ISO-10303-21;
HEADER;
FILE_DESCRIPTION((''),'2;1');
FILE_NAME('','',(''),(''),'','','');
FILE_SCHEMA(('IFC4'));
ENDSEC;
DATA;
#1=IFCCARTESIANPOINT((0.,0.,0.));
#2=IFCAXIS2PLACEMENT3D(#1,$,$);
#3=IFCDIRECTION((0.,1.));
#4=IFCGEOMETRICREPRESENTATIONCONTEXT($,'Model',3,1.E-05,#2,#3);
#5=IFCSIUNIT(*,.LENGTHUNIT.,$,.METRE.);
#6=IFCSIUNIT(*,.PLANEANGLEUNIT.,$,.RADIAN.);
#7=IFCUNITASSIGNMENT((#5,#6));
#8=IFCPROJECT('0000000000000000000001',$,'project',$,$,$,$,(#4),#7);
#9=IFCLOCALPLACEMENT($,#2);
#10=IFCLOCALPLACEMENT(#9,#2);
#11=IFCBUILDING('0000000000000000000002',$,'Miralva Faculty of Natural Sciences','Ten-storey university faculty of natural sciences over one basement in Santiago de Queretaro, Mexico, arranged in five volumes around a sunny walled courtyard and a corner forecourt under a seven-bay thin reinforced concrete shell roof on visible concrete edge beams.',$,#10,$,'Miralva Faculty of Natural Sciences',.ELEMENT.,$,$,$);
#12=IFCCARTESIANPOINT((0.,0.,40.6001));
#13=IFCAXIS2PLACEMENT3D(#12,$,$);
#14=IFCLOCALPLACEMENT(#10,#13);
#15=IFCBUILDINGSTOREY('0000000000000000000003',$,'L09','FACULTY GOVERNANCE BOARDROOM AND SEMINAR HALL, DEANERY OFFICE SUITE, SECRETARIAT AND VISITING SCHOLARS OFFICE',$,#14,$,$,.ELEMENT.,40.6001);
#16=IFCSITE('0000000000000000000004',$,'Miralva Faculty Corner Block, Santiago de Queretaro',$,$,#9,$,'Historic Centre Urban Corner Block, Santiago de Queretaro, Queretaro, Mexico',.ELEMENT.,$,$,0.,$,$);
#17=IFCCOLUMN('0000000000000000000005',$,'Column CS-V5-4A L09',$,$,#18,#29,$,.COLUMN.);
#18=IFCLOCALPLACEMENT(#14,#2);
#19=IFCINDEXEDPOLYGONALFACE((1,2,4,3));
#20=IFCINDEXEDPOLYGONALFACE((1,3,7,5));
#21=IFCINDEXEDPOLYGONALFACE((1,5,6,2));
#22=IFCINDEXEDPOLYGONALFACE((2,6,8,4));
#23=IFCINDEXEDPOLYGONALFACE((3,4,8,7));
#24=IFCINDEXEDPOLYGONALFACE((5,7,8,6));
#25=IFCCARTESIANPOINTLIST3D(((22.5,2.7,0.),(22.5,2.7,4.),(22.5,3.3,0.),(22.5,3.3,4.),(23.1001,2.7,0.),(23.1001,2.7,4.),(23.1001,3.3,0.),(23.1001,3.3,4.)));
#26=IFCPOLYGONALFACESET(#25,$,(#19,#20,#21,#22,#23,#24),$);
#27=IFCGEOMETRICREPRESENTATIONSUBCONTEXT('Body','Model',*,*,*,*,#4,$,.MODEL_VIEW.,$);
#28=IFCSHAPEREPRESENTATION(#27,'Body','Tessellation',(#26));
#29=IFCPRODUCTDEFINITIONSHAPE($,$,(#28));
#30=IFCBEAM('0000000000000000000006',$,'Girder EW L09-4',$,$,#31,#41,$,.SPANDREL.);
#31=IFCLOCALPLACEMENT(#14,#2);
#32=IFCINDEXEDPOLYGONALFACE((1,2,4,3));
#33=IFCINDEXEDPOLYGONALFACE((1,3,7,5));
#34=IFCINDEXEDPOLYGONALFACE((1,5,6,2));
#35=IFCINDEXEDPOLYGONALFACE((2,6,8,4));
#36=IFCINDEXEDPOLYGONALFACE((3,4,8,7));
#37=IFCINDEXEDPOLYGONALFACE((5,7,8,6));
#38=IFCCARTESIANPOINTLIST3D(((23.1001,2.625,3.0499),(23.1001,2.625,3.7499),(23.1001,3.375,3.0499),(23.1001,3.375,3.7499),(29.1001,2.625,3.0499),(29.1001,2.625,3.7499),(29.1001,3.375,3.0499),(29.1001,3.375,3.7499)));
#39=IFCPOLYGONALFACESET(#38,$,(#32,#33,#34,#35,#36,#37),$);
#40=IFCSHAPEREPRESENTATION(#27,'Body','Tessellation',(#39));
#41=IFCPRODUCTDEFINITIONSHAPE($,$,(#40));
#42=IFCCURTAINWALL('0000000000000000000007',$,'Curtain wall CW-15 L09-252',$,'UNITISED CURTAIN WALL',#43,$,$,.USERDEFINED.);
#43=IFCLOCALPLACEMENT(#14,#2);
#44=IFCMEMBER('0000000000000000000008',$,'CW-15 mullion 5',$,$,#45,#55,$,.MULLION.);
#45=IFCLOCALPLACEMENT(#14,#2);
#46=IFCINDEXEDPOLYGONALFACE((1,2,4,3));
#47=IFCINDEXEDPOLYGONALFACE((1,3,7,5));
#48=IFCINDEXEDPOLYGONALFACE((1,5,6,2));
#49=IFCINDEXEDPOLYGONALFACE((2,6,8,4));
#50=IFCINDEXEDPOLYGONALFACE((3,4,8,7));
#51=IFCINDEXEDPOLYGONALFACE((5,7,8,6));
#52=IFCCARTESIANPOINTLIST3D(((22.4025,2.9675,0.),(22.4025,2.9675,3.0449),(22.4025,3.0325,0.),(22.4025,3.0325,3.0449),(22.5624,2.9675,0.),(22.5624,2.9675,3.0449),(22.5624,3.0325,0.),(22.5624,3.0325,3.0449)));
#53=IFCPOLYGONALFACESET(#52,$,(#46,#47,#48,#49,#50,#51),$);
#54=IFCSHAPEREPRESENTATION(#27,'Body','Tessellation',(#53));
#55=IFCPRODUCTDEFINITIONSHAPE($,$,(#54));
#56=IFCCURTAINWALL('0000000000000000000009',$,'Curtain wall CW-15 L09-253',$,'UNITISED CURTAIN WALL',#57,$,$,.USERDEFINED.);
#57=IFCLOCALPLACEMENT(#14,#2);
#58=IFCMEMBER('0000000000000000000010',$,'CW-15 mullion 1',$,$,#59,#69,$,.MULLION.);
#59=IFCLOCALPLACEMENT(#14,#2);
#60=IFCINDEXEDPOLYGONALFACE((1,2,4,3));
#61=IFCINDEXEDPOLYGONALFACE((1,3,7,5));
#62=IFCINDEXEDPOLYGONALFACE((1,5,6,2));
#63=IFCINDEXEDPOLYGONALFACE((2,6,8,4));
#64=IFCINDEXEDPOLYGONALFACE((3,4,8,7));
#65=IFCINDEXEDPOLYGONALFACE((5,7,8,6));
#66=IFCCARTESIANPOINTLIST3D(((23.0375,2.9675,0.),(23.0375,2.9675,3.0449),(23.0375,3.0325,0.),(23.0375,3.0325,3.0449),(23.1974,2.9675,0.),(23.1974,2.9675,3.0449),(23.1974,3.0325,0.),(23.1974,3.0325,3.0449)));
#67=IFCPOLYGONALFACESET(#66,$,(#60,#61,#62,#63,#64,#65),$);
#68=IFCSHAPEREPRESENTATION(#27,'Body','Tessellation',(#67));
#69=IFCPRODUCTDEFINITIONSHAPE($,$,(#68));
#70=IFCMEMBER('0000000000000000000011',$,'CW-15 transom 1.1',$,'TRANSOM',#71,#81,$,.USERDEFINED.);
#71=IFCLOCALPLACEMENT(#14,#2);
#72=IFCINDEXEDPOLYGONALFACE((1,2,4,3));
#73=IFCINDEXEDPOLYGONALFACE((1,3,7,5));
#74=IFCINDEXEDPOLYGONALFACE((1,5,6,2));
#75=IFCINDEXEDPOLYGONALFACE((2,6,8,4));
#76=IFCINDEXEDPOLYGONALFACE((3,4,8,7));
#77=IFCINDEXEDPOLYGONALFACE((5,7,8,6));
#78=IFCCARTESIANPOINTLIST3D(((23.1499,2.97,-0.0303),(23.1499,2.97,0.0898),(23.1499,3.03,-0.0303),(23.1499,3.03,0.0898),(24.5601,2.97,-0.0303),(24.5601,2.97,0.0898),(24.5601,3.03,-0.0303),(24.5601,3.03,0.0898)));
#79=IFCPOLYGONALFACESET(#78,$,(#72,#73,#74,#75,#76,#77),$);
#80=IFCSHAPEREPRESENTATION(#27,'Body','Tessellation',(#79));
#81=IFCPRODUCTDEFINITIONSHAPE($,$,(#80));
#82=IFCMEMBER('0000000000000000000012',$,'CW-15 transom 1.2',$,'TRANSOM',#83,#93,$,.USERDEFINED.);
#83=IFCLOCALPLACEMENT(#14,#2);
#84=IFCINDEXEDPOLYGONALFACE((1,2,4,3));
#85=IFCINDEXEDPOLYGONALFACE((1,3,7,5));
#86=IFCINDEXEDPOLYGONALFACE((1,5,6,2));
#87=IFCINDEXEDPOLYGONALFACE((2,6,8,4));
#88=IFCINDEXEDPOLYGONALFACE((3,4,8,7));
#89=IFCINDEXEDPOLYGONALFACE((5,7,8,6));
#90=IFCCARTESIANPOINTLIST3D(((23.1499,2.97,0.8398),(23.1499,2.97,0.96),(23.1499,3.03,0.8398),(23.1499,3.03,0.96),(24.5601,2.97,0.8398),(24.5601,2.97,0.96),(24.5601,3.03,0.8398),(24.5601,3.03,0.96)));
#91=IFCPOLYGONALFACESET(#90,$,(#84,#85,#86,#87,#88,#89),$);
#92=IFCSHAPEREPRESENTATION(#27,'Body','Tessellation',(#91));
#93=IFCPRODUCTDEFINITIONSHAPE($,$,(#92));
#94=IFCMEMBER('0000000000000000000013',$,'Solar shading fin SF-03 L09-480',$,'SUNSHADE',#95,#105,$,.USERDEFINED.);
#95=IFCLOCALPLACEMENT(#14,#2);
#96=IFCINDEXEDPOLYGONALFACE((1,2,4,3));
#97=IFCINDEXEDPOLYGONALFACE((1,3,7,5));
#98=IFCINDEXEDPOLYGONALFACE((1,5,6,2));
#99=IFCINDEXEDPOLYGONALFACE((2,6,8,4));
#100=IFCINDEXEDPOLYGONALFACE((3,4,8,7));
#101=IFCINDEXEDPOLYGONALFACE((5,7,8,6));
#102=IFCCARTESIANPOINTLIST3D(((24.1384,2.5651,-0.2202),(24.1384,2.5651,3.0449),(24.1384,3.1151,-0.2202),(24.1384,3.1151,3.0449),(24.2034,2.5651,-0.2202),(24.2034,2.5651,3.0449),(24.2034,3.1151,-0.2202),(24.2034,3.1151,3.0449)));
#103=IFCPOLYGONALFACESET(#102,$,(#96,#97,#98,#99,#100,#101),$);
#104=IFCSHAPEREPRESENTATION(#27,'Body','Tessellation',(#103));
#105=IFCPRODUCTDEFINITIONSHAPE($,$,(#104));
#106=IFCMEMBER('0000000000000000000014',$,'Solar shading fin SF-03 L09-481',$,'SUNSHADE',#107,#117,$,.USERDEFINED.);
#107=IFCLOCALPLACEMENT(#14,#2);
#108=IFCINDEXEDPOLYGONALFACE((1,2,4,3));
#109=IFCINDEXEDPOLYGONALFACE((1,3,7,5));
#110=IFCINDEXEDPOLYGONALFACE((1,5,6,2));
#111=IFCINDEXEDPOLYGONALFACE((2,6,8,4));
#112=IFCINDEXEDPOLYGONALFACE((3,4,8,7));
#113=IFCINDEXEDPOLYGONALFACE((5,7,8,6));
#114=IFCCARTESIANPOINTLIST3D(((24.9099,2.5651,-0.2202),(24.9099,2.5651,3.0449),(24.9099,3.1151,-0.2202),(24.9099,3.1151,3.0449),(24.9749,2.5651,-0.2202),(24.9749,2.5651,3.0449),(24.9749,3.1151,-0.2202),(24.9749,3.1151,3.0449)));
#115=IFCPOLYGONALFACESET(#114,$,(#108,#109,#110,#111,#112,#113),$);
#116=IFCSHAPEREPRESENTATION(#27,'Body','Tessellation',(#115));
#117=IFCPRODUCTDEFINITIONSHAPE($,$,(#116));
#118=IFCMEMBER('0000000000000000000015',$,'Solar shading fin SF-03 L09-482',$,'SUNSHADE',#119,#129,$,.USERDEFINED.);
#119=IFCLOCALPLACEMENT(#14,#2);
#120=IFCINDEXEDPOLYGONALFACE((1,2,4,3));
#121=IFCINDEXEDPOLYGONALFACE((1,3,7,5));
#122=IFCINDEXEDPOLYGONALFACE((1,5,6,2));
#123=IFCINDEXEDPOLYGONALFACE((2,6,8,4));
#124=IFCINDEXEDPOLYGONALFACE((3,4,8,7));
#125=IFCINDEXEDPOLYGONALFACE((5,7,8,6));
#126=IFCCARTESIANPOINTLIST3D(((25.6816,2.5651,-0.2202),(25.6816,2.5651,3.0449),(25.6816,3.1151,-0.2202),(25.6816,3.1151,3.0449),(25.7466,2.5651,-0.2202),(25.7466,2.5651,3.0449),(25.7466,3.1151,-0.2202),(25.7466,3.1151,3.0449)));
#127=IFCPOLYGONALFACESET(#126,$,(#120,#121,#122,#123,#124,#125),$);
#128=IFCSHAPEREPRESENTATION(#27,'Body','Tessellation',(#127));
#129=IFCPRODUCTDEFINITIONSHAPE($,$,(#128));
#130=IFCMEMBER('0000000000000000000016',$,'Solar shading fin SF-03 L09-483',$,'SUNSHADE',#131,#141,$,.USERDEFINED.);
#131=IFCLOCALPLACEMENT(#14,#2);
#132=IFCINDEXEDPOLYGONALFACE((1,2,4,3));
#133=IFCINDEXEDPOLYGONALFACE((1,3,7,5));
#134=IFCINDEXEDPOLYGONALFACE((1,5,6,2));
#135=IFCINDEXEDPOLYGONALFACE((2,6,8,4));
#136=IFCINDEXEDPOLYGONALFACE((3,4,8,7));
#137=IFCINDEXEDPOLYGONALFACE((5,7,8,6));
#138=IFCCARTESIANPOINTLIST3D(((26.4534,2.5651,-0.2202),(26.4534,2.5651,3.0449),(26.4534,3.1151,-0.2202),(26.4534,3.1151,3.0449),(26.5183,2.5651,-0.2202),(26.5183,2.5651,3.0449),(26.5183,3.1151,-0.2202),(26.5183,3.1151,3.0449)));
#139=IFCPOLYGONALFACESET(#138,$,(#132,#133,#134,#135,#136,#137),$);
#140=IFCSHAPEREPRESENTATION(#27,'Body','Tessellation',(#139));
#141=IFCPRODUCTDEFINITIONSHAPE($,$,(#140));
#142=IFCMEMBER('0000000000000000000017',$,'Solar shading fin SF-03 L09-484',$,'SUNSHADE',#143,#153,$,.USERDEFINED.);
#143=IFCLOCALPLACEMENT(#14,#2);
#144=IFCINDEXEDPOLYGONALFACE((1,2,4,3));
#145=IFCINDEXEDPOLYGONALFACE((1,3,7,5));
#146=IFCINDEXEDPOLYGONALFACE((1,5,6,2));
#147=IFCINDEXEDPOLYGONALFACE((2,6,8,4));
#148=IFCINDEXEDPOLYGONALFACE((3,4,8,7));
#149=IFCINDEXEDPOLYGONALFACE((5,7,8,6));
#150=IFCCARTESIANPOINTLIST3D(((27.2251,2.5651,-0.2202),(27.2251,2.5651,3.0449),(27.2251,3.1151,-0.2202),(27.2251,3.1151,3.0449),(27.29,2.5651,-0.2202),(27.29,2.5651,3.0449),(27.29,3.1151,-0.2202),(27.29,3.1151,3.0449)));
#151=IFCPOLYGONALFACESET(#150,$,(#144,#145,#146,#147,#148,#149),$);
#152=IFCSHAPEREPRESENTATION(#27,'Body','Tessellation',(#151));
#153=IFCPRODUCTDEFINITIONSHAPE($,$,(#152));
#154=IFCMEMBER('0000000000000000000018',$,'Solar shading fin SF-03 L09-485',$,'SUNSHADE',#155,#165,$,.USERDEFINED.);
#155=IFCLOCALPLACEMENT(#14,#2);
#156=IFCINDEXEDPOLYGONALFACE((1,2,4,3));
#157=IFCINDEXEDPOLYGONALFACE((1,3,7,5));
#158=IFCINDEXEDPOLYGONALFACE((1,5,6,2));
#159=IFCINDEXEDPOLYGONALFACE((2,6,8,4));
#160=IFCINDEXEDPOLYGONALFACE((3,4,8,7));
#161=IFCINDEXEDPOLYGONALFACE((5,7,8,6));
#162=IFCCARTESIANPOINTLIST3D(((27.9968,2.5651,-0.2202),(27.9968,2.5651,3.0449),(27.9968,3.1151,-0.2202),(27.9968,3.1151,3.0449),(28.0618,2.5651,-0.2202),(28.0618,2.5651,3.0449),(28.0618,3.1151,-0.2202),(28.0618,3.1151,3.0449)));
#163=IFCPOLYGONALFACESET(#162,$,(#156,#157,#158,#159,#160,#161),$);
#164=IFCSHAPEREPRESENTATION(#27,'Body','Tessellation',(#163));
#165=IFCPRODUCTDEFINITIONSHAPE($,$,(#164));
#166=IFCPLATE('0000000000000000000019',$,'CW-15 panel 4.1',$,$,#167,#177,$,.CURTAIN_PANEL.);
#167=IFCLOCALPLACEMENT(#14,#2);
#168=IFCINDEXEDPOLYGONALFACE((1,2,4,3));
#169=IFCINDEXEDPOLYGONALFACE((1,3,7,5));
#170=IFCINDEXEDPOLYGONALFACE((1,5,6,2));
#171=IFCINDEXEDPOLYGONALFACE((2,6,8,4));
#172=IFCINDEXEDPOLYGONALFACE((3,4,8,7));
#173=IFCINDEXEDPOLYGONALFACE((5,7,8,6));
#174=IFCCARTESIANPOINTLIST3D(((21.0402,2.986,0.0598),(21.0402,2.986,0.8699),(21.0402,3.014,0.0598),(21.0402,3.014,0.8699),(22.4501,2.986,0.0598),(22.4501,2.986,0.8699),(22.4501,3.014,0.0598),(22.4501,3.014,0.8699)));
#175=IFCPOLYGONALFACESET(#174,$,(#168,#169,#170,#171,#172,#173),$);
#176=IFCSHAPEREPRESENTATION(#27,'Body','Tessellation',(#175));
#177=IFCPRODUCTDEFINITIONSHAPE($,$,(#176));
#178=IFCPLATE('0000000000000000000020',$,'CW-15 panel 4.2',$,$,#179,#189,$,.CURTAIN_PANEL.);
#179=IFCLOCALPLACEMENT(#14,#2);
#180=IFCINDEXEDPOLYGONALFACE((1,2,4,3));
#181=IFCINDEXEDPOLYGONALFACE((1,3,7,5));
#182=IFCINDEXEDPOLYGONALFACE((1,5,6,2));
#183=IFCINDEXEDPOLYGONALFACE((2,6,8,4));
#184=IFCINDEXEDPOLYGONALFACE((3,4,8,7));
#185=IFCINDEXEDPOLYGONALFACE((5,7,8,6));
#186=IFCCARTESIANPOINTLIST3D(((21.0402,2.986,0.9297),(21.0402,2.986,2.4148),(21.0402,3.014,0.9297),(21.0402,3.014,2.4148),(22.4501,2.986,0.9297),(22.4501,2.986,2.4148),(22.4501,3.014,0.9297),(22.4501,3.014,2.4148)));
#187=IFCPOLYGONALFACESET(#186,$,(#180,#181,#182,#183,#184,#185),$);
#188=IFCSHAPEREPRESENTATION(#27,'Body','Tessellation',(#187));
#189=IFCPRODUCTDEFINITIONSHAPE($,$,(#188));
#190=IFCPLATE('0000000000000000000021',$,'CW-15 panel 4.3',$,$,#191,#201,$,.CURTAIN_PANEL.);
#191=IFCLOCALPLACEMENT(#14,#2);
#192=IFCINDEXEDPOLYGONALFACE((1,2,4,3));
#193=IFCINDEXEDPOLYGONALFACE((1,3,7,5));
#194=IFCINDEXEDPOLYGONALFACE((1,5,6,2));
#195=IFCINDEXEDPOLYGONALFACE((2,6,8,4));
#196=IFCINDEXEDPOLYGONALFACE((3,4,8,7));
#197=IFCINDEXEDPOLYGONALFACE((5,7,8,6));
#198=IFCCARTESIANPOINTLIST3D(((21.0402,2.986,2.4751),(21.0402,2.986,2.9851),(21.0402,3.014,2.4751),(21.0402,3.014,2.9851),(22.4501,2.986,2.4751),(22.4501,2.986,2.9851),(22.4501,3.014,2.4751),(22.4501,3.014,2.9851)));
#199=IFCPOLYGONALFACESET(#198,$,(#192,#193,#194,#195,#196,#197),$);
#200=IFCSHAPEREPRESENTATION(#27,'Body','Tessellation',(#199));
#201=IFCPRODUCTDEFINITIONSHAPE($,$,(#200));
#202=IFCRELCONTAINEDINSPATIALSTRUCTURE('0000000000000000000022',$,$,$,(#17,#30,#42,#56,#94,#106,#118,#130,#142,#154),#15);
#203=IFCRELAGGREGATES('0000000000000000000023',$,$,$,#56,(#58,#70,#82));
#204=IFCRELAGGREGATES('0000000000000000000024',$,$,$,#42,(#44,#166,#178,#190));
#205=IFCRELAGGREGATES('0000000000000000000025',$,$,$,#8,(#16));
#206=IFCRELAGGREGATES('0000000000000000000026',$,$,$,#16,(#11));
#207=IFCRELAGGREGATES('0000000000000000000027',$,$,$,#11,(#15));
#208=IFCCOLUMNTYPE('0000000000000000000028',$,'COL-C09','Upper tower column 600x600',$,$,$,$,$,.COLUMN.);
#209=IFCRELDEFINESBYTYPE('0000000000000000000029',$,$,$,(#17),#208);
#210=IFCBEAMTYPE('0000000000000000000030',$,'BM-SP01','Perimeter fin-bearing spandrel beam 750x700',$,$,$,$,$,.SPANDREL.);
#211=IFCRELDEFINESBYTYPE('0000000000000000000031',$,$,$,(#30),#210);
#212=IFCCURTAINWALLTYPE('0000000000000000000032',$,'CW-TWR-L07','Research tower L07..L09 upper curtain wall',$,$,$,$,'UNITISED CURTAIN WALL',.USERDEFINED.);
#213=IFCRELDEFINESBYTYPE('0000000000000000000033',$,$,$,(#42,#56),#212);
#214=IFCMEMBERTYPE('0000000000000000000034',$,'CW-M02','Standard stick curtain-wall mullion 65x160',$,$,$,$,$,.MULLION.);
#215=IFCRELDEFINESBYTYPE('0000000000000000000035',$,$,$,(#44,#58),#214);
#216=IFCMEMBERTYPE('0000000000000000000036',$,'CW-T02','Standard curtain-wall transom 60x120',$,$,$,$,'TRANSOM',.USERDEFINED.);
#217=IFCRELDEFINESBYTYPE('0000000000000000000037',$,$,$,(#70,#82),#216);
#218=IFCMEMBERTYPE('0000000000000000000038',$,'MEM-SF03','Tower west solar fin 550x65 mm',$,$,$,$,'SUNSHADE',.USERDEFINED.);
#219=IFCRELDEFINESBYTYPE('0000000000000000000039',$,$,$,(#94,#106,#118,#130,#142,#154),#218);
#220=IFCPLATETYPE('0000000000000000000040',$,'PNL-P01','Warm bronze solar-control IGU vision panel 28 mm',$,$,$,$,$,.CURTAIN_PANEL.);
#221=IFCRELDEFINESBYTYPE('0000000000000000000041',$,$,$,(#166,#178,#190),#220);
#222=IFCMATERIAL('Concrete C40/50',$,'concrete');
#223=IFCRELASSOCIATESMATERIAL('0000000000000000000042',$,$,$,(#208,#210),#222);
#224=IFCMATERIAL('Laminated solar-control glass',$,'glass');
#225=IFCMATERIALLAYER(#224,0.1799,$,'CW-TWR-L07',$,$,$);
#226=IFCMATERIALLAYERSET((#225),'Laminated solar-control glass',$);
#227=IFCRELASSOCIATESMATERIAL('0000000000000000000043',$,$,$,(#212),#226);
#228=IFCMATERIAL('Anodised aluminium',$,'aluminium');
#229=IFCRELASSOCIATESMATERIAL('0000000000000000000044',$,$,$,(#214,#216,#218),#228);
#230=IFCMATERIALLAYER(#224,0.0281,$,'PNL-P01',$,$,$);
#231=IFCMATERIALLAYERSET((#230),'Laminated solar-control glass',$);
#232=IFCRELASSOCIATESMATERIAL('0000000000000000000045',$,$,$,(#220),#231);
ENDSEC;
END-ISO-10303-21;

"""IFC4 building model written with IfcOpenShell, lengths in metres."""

from ifc_helpers import new_model, si_unit, direction, frame, origin, origin_2d, place, context, subcontext, project, spatial, rectangle, extrude, material, layer, layer_set, material_profile, profile_set, type_object, element, aggregate, save


model = new_model("IFC4")

# Units and contexts
model_context = context("Model", 3, precision=1e-05, world=origin(), true_north=direction((0.0, 1.0)))
body_context = subcontext(model_context, "Body", "Model", "MODEL_VIEW")
ifc_project = project(units=[si_unit("LENGTHUNIT", "METRE"), si_unit("PLANEANGLEUNIT", "RADIAN")], contexts=[model_context])

# Site, building, storey
site_placement = place(None, origin())
site = spatial("IfcSite", under=ifc_project, at=site_placement, Name="Miralva Faculty Corner Block, Santiago de Queretaro", LongName="Historic Centre Urban Corner Block, Santiago de Queretaro, Queretaro, Mexico", CompositionType="ELEMENT", RefElevation=0.0)
building_placement = place(site_placement, origin())
building = spatial("IfcBuilding", under=site, at=building_placement, Name="Miralva Faculty of Natural Sciences", Description="Ten-storey university faculty of natural sciences over one basement in Santiago de Queretaro, Mexico, arranged in five volumes around a sunny walled courtyard and a corner forecourt under a seven-bay thin reinforced concrete shell roof on visible concrete edge beams.", LongName="Miralva Faculty of Natural Sciences", CompositionType="ELEMENT")
storey_placement = place(building_placement, frame((0.0, 0.0, 40.6001)))
storey = spatial("IfcBuildingStorey", under=building, at=storey_placement, Name="L09", Description="FACULTY GOVERNANCE BOARDROOM AND SEMINAR HALL, DEANERY OFFICE SUITE, SECRETARIAT AND VISITING SCHOLARS OFFICE", CompositionType="ELEMENT", Elevation=40.6001)

# Column
ifc_material_1 = material(Name="Concrete C40/50", Category="concrete")
ifc_material_profile_1 = material_profile(ifc_material_1, rectangle(XDim=0.6001, YDim=0.6001, at=origin_2d()), Name="RC 600x600")
ifc_profile_set_1 = profile_set([ifc_material_profile_1], Name="Concrete C40/50")
column_type = type_object("IfcColumnType", Name="COL-C09", Description="Upper tower column 600x600", PredefinedType="COLUMN", material=ifc_profile_set_1)
column_placement = place(storey_placement, frame((22.8, 3.0, 0.0), z_axis=(0.0, 0.0, 1.0), x_axis=(1.0, 0.0, 0.0)))
element("IfcColumn", 1, at=column_placement, inside=storey, type_object=column_type, Name="Column CS-V5-4A L09", PredefinedType="COLUMN", context=body_context, shape_type="SweptSolid", body=[
    extrude(rectangle(XDim=0.6001, YDim=0.6001, at=origin_2d()), origin(), (0.0, 0.0, 1.0), 4.0),
])

# Beam
ifc_material_profile_2 = material_profile(ifc_material_1, rectangle(XDim=0.75, YDim=0.7, at=origin_2d()), Name="RC 750x700")
ifc_profile_set_2 = profile_set([ifc_material_profile_2], Name="Concrete C40/50")
beam_type = type_object("IfcBeamType", Name="BM-SP01", Description="Perimeter fin-bearing spandrel beam 750x700", PredefinedType="SPANDREL", material=ifc_profile_set_2)
beam_placement = place(storey_placement, frame((23.1001, 3.0, 3.3999), z_axis=(1.0, 0.0, 0.0), x_axis=(0.0, 1.0, 0.0)))
element("IfcBeam", 2, at=beam_placement, inside=storey, type_object=beam_type, Name="Girder EW L09-4", PredefinedType="SPANDREL", context=body_context, shape_type="SweptSolid", body=[
    extrude(rectangle(XDim=0.75, YDim=0.7, at=origin_2d()), origin(), (0.0, 0.0, 1.0), 6.0),
])

# Curtain wall, member
ifc_material_2 = material(Name="Laminated solar-control glass", Category="glass")
ifc_layer_1 = layer(ifc_material_2, 0.1799, Name="CW-TWR-L07")
ifc_layer_set_1 = layer_set([ifc_layer_1], Name="Laminated solar-control glass")
curtain_wall_type = type_object("IfcCurtainWallType", Name="CW-TWR-L07", Description="Research tower L07..L09 upper curtain wall", ElementType="UNITISED CURTAIN WALL", PredefinedType="USERDEFINED", material=ifc_layer_set_1)
curtain_wall_1_placement = place(storey_placement, origin())
curtain_wall_1 = element("IfcCurtainWall", 3, at=curtain_wall_1_placement, inside=storey, type_object=curtain_wall_type, Name="Curtain wall CW-15 L09-252", ObjectType="UNITISED CURTAIN WALL", PredefinedType="USERDEFINED")
ifc_material_3 = material(Name="Anodised aluminium", Category="aluminium")
ifc_material_profile_3 = material_profile(ifc_material_3, rectangle(XDim=0.0649, YDim=0.1599, at=origin_2d()), Name="MULLION 65x160")
ifc_profile_set_3 = profile_set([ifc_material_profile_3], Name="Anodised aluminium")
member_type_1 = type_object("IfcMemberType", Name="CW-M02", Description="Standard stick curtain-wall mullion 65x160", PredefinedType="MULLION", material=ifc_profile_set_3)
member_1_placement = place(storey_placement, frame((22.4824, 3.0, 0.0), z_axis=(0.0, 0.0, 1.0), x_axis=(0.0, 1.0, 0.0)))
member_1 = element("IfcMember", 4, at=member_1_placement, type_object=member_type_1, Name="CW-15 mullion 5", PredefinedType="MULLION", context=body_context, shape_type="SweptSolid", body=[
    extrude(rectangle(XDim=0.0649, YDim=0.1599, at=origin_2d()), origin(), (0.0, 0.0, 1.0), 3.0449),
])

# Curtain wall, members
curtain_wall_2_placement = place(storey_placement, origin())
curtain_wall_2 = element("IfcCurtainWall", 5, at=curtain_wall_2_placement, inside=storey, type_object=curtain_wall_type, Name="Curtain wall CW-15 L09-253", ObjectType="UNITISED CURTAIN WALL", PredefinedType="USERDEFINED")
member_2_placement = place(storey_placement, frame((23.1174, 3.0, 0.0), z_axis=(0.0, 0.0, 1.0), x_axis=(0.0, 1.0, 0.0)))
member_2 = element("IfcMember", 6, at=member_2_placement, type_object=member_type_1, Name="CW-15 mullion 1", PredefinedType="MULLION", context=body_context, shape_type="SweptSolid", body=[
    extrude(rectangle(XDim=0.0649, YDim=0.1599, at=origin_2d()), origin(), (0.0, 0.0, 1.0), 3.0449),
])
ifc_material_profile_4 = material_profile(ifc_material_3, rectangle(XDim=0.0601, YDim=0.1201, at=origin_2d()), Name="TRANSOM 60x120")
ifc_profile_set_4 = profile_set([ifc_material_profile_4], Name="Anodised aluminium")
member_type_2 = type_object("IfcMemberType", Name="CW-T02", Description="Standard curtain-wall transom 60x120", ElementType="TRANSOM", PredefinedType="USERDEFINED", material=ifc_profile_set_4)
member_3_placement = place(storey_placement, frame((23.1499, 3.0, 0.0298), z_axis=(1.0, 0.0, 0.0), x_axis=(0.0, 1.0, 0.0)))
member_3 = element("IfcMember", 7, at=member_3_placement, type_object=member_type_2, Name="CW-15 transom 1.1", ObjectType="TRANSOM", PredefinedType="USERDEFINED", context=body_context, shape_type="SweptSolid", body=[
    extrude(rectangle(XDim=0.0601, YDim=0.1201, at=origin_2d()), origin(), (0.0, 0.0, 1.0), 1.4102),
])
member_4_placement = place(storey_placement, frame((23.1499, 3.0, 0.8999), z_axis=(1.0, 0.0, 0.0), x_axis=(0.0, 1.0, 0.0)))
member_4 = element("IfcMember", 8, at=member_4_placement, type_object=member_type_2, Name="CW-15 transom 1.2", ObjectType="TRANSOM", PredefinedType="USERDEFINED", context=body_context, shape_type="SweptSolid", body=[
    extrude(rectangle(XDim=0.0601, YDim=0.1201, at=origin_2d()), origin(), (0.0, 0.0, 1.0), 1.4102),
])
aggregate(curtain_wall_2, [member_2, member_3, member_4])

# Members
ifc_material_profile_5 = material_profile(ifc_material_3, rectangle(XDim=0.0649, YDim=0.55, at=origin_2d()), Name="FIN 550x65")
ifc_profile_set_5 = profile_set([ifc_material_profile_5], Name="Anodised aluminium")
member_type_3 = type_object("IfcMemberType", Name="MEM-SF03", Description="Tower west solar fin 550x65 mm", ElementType="SUNSHADE", PredefinedType="USERDEFINED", material=ifc_profile_set_5)
for number, where, z_axis, x_axis, name in (
    (9, (24.1709, 2.8401, -0.2202), (0.0, 0.0, 1.0), (1.0, 0.0, 0.0), "Solar shading fin SF-03 L09-480"),
    (10, (24.9424, 2.8401, -0.2202), (0.0, 0.0, 1.0), (1.0, 0.0, 0.0), "Solar shading fin SF-03 L09-481"),
    (11, (25.7141, 2.8401, -0.2202), (0.0, 0.0, 1.0), (1.0, 0.0, 0.0), "Solar shading fin SF-03 L09-482"),
    (12, (26.4858, 2.8401, -0.2202), (0.0, 0.0, 1.0), (1.0, 0.0, 0.0), "Solar shading fin SF-03 L09-483"),
    (13, (27.2576, 2.8401, -0.2202), (0.0, 0.0, 1.0), (1.0, 0.0, 0.0), "Solar shading fin SF-03 L09-484"),
    (14, (28.0293, 2.8401, -0.2202), (0.0, 0.0, 1.0), (1.0, 0.0, 0.0), "Solar shading fin SF-03 L09-485"),
):
    element("IfcMember", number, at=place(storey_placement, frame(where, z_axis=z_axis, x_axis=x_axis)), inside=storey, type_object=member_type_3, Name=name, ObjectType="SUNSHADE", PredefinedType="USERDEFINED", context=body_context, shape_type="SweptSolid", body=[
        extrude(rectangle(XDim=0.0649, YDim=0.55, at=origin_2d()), origin(), (0.0, 0.0, 1.0), 3.2651),
    ])

# Plates
ifc_layer_2 = layer(ifc_material_2, 0.0281, Name="PNL-P01")
ifc_layer_set_2 = layer_set([ifc_layer_2], Name="Laminated solar-control glass")
plate_type = type_object("IfcPlateType", Name="PNL-P01", Description="Warm bronze solar-control IGU vision panel 28 mm", PredefinedType="CURTAIN_PANEL", material=ifc_layer_set_2)
plate_1_placement = place(storey_placement, frame((21.7451, 3.0, 0.0598), z_axis=(0.0, 0.0, 1.0), x_axis=(1.0, 0.0, 0.0)))
plate_1 = element("IfcPlate", 15, at=plate_1_placement, type_object=plate_type, Name="CW-15 panel 4.1", PredefinedType="CURTAIN_PANEL", context=body_context, shape_type="SweptSolid", body=[
    extrude(rectangle(XDim=1.4099, YDim=0.0281, at=origin_2d()), origin(), (0.0, 0.0, 1.0), 0.8101),
])
plate_2_placement = place(storey_placement, frame((21.7451, 3.0, 0.9297), z_axis=(0.0, 0.0, 1.0), x_axis=(1.0, 0.0, 0.0)))
plate_2 = element("IfcPlate", 16, at=plate_2_placement, type_object=plate_type, Name="CW-15 panel 4.2", PredefinedType="CURTAIN_PANEL", context=body_context, shape_type="SweptSolid", body=[
    extrude(rectangle(XDim=1.4099, YDim=0.0281, at=origin_2d()), origin(), (0.0, 0.0, 1.0), 1.4851),
])
plate_3_placement = place(storey_placement, frame((21.7451, 3.0, 2.4751), z_axis=(0.0, 0.0, 1.0), x_axis=(1.0, 0.0, 0.0)))
plate_3 = element("IfcPlate", 17, at=plate_3_placement, type_object=plate_type, Name="CW-15 panel 4.3", PredefinedType="CURTAIN_PANEL", context=body_context, shape_type="SweptSolid", body=[
    extrude(rectangle(XDim=1.4099, YDim=0.0281, at=origin_2d()), origin(), (0.0, 0.0, 1.0), 0.51),
])
aggregate(curtain_wall_1, [member_1, plate_1, plate_2, plate_3])

save(model, "model.ifc")
